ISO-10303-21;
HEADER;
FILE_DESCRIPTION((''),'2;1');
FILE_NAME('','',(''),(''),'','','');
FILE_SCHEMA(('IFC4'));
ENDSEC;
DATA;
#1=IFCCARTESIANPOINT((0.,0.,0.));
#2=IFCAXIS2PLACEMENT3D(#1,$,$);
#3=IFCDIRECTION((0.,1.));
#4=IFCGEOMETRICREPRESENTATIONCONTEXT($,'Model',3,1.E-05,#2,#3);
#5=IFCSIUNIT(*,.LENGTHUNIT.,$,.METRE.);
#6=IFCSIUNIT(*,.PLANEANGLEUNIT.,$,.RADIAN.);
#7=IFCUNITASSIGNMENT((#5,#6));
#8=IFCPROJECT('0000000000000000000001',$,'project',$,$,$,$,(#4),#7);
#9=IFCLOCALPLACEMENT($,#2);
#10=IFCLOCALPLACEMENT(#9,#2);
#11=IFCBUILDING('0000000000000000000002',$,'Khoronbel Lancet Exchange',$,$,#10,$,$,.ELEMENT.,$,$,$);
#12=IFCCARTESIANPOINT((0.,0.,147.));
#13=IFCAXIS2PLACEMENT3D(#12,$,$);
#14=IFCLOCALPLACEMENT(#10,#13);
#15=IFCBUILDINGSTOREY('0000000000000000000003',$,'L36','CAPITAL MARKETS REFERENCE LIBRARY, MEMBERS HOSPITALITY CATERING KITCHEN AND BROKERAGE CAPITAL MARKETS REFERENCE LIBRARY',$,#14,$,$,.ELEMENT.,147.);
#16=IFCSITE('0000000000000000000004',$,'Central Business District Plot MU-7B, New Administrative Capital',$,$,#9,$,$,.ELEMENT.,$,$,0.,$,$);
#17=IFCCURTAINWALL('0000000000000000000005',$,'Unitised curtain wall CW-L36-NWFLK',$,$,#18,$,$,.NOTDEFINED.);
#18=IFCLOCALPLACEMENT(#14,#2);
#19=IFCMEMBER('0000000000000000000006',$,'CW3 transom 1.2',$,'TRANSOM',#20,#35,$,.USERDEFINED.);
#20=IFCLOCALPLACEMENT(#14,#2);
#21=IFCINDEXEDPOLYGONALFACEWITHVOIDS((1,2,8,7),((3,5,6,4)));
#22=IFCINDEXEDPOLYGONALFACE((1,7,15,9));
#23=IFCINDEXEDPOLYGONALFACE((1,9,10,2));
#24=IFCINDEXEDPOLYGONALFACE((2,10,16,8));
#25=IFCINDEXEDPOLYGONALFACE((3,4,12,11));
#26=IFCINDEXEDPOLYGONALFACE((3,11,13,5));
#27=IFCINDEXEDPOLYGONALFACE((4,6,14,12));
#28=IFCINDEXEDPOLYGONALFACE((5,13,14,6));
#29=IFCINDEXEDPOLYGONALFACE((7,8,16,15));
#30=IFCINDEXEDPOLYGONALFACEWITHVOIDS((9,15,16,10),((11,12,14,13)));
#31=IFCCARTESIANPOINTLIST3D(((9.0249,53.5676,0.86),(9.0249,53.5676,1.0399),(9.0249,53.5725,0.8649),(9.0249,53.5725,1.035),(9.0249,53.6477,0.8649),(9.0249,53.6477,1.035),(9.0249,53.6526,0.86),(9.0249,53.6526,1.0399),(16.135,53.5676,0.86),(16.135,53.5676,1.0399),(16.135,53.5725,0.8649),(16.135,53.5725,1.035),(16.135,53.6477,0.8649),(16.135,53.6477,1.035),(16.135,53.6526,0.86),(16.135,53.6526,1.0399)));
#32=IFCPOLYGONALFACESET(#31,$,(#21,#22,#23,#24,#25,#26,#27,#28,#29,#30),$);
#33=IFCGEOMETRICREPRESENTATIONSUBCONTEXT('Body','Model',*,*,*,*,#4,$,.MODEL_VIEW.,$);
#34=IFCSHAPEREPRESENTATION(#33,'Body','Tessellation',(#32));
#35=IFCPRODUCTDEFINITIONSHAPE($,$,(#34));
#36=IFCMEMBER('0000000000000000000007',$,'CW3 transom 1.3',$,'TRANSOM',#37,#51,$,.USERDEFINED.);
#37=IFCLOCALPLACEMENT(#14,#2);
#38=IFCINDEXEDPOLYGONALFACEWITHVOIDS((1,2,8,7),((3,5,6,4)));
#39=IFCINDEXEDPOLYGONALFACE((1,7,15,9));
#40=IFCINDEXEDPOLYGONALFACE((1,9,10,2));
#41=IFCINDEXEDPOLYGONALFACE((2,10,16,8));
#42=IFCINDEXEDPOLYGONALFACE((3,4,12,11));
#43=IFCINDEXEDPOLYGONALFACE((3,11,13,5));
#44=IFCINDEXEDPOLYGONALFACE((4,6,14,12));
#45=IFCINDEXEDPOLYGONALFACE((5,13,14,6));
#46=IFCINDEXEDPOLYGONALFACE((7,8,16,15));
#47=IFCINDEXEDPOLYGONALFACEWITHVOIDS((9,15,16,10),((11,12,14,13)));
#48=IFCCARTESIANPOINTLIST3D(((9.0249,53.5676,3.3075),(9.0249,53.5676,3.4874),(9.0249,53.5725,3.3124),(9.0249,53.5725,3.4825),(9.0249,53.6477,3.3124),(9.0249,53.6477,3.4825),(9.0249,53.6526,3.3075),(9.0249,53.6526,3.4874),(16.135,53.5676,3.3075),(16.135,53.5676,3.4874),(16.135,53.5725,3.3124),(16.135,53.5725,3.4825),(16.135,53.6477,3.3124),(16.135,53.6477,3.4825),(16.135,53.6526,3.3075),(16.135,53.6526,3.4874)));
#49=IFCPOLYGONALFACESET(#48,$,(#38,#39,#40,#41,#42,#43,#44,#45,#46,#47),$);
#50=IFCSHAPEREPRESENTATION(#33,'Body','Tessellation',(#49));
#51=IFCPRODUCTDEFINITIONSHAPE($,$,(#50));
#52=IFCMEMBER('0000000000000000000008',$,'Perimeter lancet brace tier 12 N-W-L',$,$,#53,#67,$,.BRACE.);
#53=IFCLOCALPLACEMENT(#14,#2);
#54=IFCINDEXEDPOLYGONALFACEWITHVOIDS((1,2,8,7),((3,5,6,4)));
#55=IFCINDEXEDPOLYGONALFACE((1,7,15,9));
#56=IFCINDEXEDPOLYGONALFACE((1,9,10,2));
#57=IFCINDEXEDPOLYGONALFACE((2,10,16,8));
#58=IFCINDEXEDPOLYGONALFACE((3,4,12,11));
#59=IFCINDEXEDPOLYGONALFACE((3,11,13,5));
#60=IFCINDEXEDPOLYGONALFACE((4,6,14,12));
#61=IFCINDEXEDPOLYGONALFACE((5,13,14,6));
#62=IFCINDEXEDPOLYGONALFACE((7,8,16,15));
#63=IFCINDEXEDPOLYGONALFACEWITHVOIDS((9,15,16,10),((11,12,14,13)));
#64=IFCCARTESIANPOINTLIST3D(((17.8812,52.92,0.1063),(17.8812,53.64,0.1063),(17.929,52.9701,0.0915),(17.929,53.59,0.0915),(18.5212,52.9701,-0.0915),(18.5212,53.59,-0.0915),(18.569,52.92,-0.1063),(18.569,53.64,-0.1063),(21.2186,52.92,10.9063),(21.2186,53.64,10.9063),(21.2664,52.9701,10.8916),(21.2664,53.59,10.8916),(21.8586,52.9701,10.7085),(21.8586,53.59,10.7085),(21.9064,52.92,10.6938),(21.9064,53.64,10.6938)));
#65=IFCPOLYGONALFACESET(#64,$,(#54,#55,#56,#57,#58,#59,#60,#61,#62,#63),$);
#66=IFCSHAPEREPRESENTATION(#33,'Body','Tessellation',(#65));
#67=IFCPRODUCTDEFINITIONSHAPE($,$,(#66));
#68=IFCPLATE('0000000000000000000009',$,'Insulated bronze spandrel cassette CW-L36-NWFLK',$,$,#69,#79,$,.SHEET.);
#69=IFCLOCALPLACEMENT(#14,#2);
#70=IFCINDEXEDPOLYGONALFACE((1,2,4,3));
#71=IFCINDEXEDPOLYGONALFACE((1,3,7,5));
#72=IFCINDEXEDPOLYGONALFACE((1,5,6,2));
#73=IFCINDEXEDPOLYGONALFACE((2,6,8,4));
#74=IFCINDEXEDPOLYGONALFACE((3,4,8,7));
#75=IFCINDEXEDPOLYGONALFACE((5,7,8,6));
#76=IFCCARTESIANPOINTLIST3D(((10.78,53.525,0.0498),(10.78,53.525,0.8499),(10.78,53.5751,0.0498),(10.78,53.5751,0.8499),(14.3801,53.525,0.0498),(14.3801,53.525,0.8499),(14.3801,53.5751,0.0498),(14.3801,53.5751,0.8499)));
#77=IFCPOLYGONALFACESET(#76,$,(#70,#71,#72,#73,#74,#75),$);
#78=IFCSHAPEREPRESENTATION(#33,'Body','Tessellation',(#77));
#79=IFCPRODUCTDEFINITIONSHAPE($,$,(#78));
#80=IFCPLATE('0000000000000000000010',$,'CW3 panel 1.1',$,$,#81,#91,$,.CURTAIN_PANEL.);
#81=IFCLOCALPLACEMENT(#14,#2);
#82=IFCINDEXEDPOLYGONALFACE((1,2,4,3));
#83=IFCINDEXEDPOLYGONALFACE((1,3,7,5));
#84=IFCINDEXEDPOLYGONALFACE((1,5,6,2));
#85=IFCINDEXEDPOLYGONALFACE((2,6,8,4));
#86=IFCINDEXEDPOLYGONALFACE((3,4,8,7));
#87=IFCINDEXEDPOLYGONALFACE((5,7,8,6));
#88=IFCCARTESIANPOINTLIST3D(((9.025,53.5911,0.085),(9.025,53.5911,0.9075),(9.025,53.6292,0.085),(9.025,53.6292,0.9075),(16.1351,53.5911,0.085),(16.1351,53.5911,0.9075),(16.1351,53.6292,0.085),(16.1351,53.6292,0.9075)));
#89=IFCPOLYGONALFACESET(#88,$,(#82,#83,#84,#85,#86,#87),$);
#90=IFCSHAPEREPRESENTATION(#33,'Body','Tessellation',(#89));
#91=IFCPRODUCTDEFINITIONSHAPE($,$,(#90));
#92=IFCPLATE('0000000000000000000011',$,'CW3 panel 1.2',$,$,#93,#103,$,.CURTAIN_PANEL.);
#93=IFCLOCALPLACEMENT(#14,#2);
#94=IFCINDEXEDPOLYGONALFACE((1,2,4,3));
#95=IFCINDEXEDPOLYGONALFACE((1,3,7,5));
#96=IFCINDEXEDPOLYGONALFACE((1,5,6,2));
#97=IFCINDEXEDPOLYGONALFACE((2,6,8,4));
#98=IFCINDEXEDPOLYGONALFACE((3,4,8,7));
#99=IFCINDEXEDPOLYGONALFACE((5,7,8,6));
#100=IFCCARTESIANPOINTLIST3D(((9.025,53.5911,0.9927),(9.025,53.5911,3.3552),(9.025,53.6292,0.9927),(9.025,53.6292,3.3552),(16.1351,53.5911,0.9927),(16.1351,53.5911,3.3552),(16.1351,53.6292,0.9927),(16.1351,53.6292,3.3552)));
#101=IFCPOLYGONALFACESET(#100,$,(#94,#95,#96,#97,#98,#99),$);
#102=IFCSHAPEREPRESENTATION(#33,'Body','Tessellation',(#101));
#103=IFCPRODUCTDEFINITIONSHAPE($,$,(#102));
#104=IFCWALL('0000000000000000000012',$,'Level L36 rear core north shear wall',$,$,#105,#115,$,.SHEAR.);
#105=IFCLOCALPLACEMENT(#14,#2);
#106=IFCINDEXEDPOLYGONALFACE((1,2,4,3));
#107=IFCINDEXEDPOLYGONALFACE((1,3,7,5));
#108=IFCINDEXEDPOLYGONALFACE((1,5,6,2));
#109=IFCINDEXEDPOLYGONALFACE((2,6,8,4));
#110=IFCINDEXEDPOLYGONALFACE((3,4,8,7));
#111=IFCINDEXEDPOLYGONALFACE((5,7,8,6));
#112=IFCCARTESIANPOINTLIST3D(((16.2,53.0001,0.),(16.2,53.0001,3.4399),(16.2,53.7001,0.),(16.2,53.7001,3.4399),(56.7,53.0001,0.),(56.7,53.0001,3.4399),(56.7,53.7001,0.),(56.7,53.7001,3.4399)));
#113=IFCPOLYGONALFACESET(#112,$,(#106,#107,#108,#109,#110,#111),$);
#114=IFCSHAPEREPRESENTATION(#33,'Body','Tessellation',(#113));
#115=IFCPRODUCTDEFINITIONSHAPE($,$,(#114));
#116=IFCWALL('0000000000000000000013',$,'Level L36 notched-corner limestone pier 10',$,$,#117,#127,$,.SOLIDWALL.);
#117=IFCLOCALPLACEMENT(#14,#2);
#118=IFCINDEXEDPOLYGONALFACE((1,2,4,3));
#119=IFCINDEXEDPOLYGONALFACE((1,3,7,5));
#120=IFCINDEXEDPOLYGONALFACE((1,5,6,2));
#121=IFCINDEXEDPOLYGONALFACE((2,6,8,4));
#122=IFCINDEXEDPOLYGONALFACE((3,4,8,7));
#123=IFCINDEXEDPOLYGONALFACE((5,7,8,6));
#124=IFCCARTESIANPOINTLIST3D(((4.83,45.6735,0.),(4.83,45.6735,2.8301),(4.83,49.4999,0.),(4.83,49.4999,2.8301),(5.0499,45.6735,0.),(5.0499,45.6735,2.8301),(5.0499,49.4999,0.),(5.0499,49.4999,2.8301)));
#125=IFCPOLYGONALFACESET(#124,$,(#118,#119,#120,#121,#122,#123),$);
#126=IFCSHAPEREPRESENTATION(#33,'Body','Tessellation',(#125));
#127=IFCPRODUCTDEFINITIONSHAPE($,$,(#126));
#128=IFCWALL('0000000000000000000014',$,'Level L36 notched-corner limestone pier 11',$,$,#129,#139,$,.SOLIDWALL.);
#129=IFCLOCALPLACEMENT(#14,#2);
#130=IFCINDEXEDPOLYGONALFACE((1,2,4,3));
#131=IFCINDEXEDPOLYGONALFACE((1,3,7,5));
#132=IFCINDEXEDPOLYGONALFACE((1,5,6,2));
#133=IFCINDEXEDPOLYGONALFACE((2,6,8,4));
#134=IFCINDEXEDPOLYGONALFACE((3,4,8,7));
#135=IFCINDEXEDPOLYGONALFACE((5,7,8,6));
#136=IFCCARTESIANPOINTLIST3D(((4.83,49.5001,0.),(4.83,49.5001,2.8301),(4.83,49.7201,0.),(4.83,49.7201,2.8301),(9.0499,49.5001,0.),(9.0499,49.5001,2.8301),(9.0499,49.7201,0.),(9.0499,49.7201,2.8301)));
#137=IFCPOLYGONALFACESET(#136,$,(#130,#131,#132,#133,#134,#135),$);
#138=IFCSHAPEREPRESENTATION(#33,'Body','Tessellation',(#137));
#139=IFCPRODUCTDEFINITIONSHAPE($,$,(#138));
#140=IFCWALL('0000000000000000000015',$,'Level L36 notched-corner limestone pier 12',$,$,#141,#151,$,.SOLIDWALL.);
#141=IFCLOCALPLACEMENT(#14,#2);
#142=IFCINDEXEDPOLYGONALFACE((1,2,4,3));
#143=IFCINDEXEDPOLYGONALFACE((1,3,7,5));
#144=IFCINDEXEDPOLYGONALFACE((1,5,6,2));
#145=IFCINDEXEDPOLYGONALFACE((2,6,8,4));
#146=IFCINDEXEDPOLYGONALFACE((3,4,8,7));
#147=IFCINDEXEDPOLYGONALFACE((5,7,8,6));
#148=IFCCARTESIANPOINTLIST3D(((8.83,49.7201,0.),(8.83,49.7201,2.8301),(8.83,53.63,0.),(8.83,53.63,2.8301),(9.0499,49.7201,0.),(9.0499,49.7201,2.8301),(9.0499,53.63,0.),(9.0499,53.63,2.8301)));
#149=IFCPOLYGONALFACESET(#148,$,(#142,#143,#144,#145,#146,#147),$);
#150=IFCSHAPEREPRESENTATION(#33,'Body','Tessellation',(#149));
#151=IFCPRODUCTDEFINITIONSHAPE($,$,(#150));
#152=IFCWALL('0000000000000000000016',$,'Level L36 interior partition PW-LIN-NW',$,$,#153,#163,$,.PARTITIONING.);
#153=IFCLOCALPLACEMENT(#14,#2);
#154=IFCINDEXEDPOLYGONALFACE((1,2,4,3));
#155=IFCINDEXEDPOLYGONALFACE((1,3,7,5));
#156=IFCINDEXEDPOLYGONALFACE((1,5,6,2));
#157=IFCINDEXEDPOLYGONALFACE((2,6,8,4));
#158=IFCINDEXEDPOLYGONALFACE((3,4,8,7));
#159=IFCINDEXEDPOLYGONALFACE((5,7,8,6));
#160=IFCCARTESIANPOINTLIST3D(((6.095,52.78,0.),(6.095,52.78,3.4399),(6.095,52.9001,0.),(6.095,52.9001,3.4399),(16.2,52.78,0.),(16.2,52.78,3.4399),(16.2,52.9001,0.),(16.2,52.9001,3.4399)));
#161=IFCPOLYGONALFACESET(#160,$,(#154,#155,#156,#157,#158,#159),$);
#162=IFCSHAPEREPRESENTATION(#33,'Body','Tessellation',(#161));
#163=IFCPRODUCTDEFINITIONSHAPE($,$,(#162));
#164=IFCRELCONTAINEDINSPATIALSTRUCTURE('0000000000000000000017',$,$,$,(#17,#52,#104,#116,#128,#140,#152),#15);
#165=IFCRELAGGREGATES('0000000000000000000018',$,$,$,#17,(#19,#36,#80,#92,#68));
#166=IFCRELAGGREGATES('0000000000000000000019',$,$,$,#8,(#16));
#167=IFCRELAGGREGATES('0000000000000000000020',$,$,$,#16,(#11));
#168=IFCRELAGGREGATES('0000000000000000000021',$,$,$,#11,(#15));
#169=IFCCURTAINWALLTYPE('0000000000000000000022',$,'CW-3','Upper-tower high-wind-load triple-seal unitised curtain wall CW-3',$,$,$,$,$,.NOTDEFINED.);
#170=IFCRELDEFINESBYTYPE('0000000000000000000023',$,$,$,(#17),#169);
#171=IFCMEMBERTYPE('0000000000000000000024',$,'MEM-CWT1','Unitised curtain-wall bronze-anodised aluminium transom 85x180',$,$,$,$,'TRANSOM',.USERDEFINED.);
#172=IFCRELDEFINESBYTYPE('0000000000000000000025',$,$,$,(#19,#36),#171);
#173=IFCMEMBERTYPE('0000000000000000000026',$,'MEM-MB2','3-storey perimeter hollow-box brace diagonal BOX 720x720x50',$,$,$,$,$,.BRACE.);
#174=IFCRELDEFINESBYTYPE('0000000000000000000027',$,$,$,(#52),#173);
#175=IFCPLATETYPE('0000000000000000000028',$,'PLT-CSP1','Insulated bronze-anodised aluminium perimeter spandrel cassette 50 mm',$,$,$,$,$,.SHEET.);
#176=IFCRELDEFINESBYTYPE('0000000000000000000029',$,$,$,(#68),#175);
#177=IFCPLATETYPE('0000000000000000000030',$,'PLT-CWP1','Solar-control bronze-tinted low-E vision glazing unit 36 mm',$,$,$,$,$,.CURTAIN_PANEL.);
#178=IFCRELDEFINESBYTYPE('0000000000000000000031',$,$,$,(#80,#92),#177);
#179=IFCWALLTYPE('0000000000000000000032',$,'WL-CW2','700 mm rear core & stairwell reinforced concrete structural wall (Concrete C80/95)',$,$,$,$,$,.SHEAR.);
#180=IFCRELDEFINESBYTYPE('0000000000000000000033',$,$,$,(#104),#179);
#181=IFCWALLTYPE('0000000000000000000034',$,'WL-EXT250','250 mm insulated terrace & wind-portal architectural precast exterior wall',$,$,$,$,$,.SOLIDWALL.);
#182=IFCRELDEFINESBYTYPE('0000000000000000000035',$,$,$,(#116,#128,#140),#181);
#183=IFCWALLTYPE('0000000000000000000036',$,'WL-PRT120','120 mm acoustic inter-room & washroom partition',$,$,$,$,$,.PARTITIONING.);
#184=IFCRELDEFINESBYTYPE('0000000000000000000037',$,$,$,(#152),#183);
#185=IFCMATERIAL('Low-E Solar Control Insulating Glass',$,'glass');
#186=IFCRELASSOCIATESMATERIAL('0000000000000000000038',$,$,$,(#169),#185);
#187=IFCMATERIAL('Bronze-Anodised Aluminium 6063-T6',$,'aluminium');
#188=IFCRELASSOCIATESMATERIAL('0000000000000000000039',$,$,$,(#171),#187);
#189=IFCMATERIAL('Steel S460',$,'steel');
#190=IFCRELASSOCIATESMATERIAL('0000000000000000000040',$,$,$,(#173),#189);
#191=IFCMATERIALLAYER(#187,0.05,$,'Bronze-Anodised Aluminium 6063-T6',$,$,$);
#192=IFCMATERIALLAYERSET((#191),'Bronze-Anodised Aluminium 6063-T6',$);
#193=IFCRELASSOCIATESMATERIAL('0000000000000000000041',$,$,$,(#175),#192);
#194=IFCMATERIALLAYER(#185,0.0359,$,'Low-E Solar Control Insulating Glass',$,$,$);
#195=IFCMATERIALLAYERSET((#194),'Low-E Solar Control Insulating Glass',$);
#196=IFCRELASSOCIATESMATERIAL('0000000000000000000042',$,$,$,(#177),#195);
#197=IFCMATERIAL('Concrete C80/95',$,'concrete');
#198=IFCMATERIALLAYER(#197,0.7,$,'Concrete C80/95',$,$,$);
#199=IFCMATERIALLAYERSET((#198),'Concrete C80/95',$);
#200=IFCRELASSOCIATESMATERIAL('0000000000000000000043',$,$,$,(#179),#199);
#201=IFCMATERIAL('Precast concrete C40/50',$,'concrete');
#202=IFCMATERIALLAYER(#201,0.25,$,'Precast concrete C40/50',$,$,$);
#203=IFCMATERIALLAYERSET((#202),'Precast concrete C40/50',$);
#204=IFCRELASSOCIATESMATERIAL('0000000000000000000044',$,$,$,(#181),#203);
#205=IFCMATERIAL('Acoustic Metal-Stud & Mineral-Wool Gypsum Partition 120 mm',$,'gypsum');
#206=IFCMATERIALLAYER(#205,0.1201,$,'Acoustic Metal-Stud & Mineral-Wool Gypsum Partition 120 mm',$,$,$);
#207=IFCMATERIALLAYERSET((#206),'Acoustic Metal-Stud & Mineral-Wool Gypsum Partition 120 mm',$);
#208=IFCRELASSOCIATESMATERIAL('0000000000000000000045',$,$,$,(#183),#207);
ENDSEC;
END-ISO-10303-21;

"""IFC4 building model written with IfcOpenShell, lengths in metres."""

from ifc_helpers import new_model, si_unit, direction, frame, frame_2d, origin, origin_2d, place, context, subcontext, project, spatial, rectangle, hollow_rectangle, extrude, material, layer, layer_set, material_profile, profile_set, type_object, element, aggregate, save


model = new_model("IFC4")

# Units and contexts
model_context = context("Model", 3, precision=1e-05, world=origin(), true_north=direction((0.0, 1.0)))
body_context = subcontext(model_context, "Body", "Model", "MODEL_VIEW")
ifc_project = project(units=[si_unit("LENGTHUNIT", "METRE"), si_unit("PLANEANGLEUNIT", "RADIAN")], contexts=[model_context])

# Site, building, storey
site_placement = place(None, origin())
site = spatial("IfcSite", under=ifc_project, at=site_placement, Name="Central Business District Plot MU-7B, New Administrative Capital", CompositionType="ELEMENT", RefElevation=0.0)
building_placement = place(site_placement, origin())
building = spatial("IfcBuilding", under=site, at=building_placement, Name="Khoronbel Lancet Exchange", CompositionType="ELEMENT")
storey_placement = place(building_placement, frame((0.0, 0.0, 147.0)))
storey = spatial("IfcBuildingStorey", under=building, at=storey_placement, Name="L36", Description="CAPITAL MARKETS REFERENCE LIBRARY, MEMBERS HOSPITALITY CATERING KITCHEN AND BROKERAGE CAPITAL MARKETS REFERENCE LIBRARY", CompositionType="ELEMENT", Elevation=147.0)

# Shared definitions
ifc_material_1 = material(Name="Steel S460", Category="steel")

# Curtain wall, members
ifc_material_2 = material(Name="Low-E Solar Control Insulating Glass", Category="glass")
curtain_wall_type = type_object("IfcCurtainWallType", Name="CW-3", Description="Upper-tower high-wind-load triple-seal unitised curtain wall CW-3", PredefinedType="NOTDEFINED", material=ifc_material_2)
curtain_wall_placement = place(storey_placement, origin())
curtain_wall = element("IfcCurtainWall", 1, at=curtain_wall_placement, inside=storey, type_object=curtain_wall_type, Name="Unitised curtain wall CW-L36-NWFLK", PredefinedType="NOTDEFINED")
ifc_material_3 = material(Name="Bronze-Anodised Aluminium 6063-T6", Category="aluminium")
ifc_material_profile_1 = material_profile(ifc_material_3, hollow_rectangle(XDim=0.085, YDim=0.1799, WallThickness=0.0049, at=origin_2d()), Name="ALU TRANSOM 85x180")
ifc_profile_set_1 = profile_set([ifc_material_profile_1], Name="Bronze-Anodised Aluminium 6063-T6")
member_type_1 = type_object("IfcMemberType", Name="MEM-CWT1", Description="Unitised curtain-wall bronze-anodised aluminium transom 85x180", ElementType="TRANSOM", PredefinedType="USERDEFINED", material=ifc_profile_set_1)
member_1_placement = place(storey_placement, frame((16.135, 53.6101, 0.95), z_axis=(-1.0, 0.0, 0.0), x_axis=(0.0, -1.0, 0.0)))
member_1 = element("IfcMember", 2, at=member_1_placement, type_object=member_type_1, Name="CW3 transom 1.2", ObjectType="TRANSOM", PredefinedType="USERDEFINED", context=body_context, shape_type="SweptSolid", body=[
    extrude(hollow_rectangle(XDim=0.085, YDim=0.1799, WallThickness=0.0049, at=origin_2d()), origin(), (0.0, 0.0, 1.0), 7.1101),
])
member_2_placement = place(storey_placement, frame((16.135, 53.6101, 3.3975), z_axis=(-1.0, 0.0, 0.0), x_axis=(0.0, -1.0, 0.0)))
member_2 = element("IfcMember", 3, at=member_2_placement, type_object=member_type_1, Name="CW3 transom 1.3", ObjectType="TRANSOM", PredefinedType="USERDEFINED", context=body_context, shape_type="SweptSolid", body=[
    extrude(hollow_rectangle(XDim=0.085, YDim=0.1799, WallThickness=0.0049, at=origin_2d()), origin(), (0.0, 0.0, 1.0), 7.1101),
])

# Member
ifc_material_profile_2 = material_profile(ifc_material_1, hollow_rectangle(XDim=0.72, YDim=0.72, WallThickness=0.05, at=origin_2d()), Name="BOX 720x720x50")
ifc_profile_set_2 = profile_set([ifc_material_profile_2], Name="Steel S460")
member_type_2 = type_object("IfcMemberType", Name="MEM-MB2", Description="3-storey perimeter hollow-box brace diagonal BOX 720x720x50", PredefinedType="BRACE", material=ifc_profile_set_2)
member_3_placement = place(storey_placement, frame((18.2251, 53.28, 0.0), z_axis=(0.295242, 0.0, 0.955422), x_axis=(0.0, 1.0, 0.0)))
element("IfcMember", 4, at=member_3_placement, inside=storey, type_object=member_type_2, Name="Perimeter lancet brace tier 12 N-W-L", PredefinedType="BRACE", context=body_context, shape_type="SweptSolid", body=[
    extrude(hollow_rectangle(XDim=0.72, YDim=0.72, WallThickness=0.05, at=origin_2d()), origin(), (0.0, 0.0, 1.0), 11.304),
])

# Plates
ifc_layer_1 = layer(ifc_material_3, 0.05, Name="Bronze-Anodised Aluminium 6063-T6")
ifc_layer_set_1 = layer_set([ifc_layer_1], Name="Bronze-Anodised Aluminium 6063-T6")
plate_type_1 = type_object("IfcPlateType", Name="PLT-CSP1", Description="Insulated bronze-anodised aluminium perimeter spandrel cassette 50 mm", PredefinedType="SHEET", material=ifc_layer_set_1)
plate_1_placement = place(storey_placement, frame((12.5801, 53.55, 0.0498), z_axis=(0.0, 0.0, 1.0), x_axis=(-1.0, 0.0, 0.0)))
plate_1 = element("IfcPlate", 5, at=plate_1_placement, type_object=plate_type_1, Name="Insulated bronze spandrel cassette CW-L36-NWFLK", PredefinedType="SHEET", context=body_context, shape_type="SweptSolid", body=[
    extrude(rectangle(XDim=3.6001, YDim=0.05, at=origin_2d()), origin(), (0.0, 0.0, 1.0), 0.8),
])
ifc_layer_2 = layer(ifc_material_2, 0.0359, Name="Low-E Solar Control Insulating Glass")
ifc_layer_set_2 = layer_set([ifc_layer_2], Name="Low-E Solar Control Insulating Glass")
plate_type_2 = type_object("IfcPlateType", Name="PLT-CWP1", Description="Solar-control bronze-tinted low-E vision glazing unit 36 mm", PredefinedType="CURTAIN_PANEL", material=ifc_layer_set_2)
plate_2_placement = place(storey_placement, frame((12.5801, 53.6101, 0.085), z_axis=(0.0, 0.0, 1.0), x_axis=(-1.0, 0.0, 0.0)))
plate_2 = element("IfcPlate", 6, at=plate_2_placement, type_object=plate_type_2, Name="CW3 panel 1.1", PredefinedType="CURTAIN_PANEL", context=body_context, shape_type="SweptSolid", body=[
    extrude(rectangle(XDim=7.1101, YDim=0.0381, at=origin_2d()), origin(), (0.0, 0.0, 1.0), 0.8225),
])
plate_3_placement = place(storey_placement, frame((12.5801, 53.6101, 0.9927), z_axis=(0.0, 0.0, 1.0), x_axis=(-1.0, 0.0, 0.0)))
plate_3 = element("IfcPlate", 7, at=plate_3_placement, type_object=plate_type_2, Name="CW3 panel 1.2", PredefinedType="CURTAIN_PANEL", context=body_context, shape_type="SweptSolid", body=[
    extrude(rectangle(XDim=7.1101, YDim=0.0381, at=origin_2d()), origin(), (0.0, 0.0, 1.0), 2.3625),
])
aggregate(curtain_wall, [member_1, member_2, plate_2, plate_3, plate_1])

# Walls
ifc_material_4 = material(Name="Concrete C80/95", Category="concrete")
ifc_layer_3 = layer(ifc_material_4, 0.7, Name="Concrete C80/95")
ifc_layer_set_3 = layer_set([ifc_layer_3], Name="Concrete C80/95")
wall_type_1 = type_object("IfcWallType", Name="WL-CW2", Description="700 mm rear core & stairwell reinforced concrete structural wall (Concrete C80/95)", PredefinedType="SHEAR", material=ifc_layer_set_3)
wall_1_placement = place(storey_placement, frame((16.2, 53.3501, 0.0), z_axis=(0.0, 0.0, 1.0), x_axis=(1.0, 0.0, 0.0)))
element("IfcWall", 8, at=wall_1_placement, inside=storey, type_object=wall_type_1, Name="Level L36 rear core north shear wall", PredefinedType="SHEAR", context=body_context, shape_type="SweptSolid", body=[
    extrude(rectangle(XDim=40.5, YDim=0.7, at=frame_2d((20.25, 0.0))), origin(), (0.0, 0.0, 1.0), 3.4399),
])
ifc_material_5 = material(Name="Precast concrete C40/50", Category="concrete")
ifc_layer_4 = layer(ifc_material_5, 0.25, Name="Precast concrete C40/50")
ifc_layer_set_4 = layer_set([ifc_layer_4], Name="Precast concrete C40/50")
wall_type_2 = type_object("IfcWallType", Name="WL-EXT250", Description="250 mm insulated terrace & wind-portal architectural precast exterior wall", PredefinedType="SOLIDWALL", material=ifc_layer_set_4)
wall_2_placement = place(storey_placement, frame((4.9399, 45.6736, 0.0), z_axis=(0.0, 0.0, 1.0), x_axis=(0.0, 1.0, 0.0)))
element("IfcWall", 9, at=wall_2_placement, inside=storey, type_object=wall_type_2, Name="Level L36 notched-corner limestone pier 10", PredefinedType="SOLIDWALL", context=body_context, shape_type="SweptSolid", body=[
    extrude(rectangle(XDim=3.8264, YDim=0.22, at=frame_2d((1.9131, 0.0))), origin(), (0.0, 0.0, 1.0), 2.8301),
])
wall_3_placement = place(storey_placement, frame((4.8301, 49.6101, 0.0), z_axis=(0.0, 0.0, 1.0), x_axis=(1.0, 0.0, 0.0)))
element("IfcWall", 10, at=wall_3_placement, inside=storey, type_object=wall_type_2, Name="Level L36 notched-corner limestone pier 11", PredefinedType="SOLIDWALL", context=body_context, shape_type="SweptSolid", body=[
    extrude(rectangle(XDim=4.22, YDim=0.22, at=frame_2d((2.1099, 0.0))), origin(), (0.0, 0.0, 1.0), 2.8301),
])
wall_4_placement = place(storey_placement, frame((8.9399, 49.72, 0.0), z_axis=(0.0, 0.0, 1.0), x_axis=(0.0, 1.0, 0.0)))
element("IfcWall", 11, at=wall_4_placement, inside=storey, type_object=wall_type_2, Name="Level L36 notched-corner limestone pier 12", PredefinedType="SOLIDWALL", context=body_context, shape_type="SweptSolid", body=[
    extrude(rectangle(XDim=3.9099, YDim=0.22, at=frame_2d((1.9551, 0.0))), origin(), (0.0, 0.0, 1.0), 2.8301),
])
ifc_material_6 = material(Name="Acoustic Metal-Stud & Mineral-Wool Gypsum Partition 120 mm", Category="gypsum")
ifc_layer_5 = layer(ifc_material_6, 0.1201, Name="Acoustic Metal-Stud & Mineral-Wool Gypsum Partition 120 mm")
ifc_layer_set_5 = layer_set([ifc_layer_5], Name="Acoustic Metal-Stud & Mineral-Wool Gypsum Partition 120 mm")
wall_type_3 = type_object("IfcWallType", Name="WL-PRT120", Description="120 mm acoustic inter-room & washroom partition", PredefinedType="PARTITIONING", material=ifc_layer_set_5)
wall_5_placement = place(storey_placement, frame((6.095, 52.8401, 0.0), z_axis=(0.0, 0.0, 1.0), x_axis=(1.0, 0.0, 0.0)))
element("IfcWall", 12, at=wall_5_placement, inside=storey, type_object=wall_type_3, Name="Level L36 interior partition PW-LIN-NW", PredefinedType="PARTITIONING", context=body_context, shape_type="SweptSolid", body=[
    extrude(rectangle(XDim=10.105, YDim=0.1201, at=frame_2d((5.0525, 0.0))), origin(), (0.0, 0.0, 1.0), 3.4399),
])

save(model, "model.ifc")
